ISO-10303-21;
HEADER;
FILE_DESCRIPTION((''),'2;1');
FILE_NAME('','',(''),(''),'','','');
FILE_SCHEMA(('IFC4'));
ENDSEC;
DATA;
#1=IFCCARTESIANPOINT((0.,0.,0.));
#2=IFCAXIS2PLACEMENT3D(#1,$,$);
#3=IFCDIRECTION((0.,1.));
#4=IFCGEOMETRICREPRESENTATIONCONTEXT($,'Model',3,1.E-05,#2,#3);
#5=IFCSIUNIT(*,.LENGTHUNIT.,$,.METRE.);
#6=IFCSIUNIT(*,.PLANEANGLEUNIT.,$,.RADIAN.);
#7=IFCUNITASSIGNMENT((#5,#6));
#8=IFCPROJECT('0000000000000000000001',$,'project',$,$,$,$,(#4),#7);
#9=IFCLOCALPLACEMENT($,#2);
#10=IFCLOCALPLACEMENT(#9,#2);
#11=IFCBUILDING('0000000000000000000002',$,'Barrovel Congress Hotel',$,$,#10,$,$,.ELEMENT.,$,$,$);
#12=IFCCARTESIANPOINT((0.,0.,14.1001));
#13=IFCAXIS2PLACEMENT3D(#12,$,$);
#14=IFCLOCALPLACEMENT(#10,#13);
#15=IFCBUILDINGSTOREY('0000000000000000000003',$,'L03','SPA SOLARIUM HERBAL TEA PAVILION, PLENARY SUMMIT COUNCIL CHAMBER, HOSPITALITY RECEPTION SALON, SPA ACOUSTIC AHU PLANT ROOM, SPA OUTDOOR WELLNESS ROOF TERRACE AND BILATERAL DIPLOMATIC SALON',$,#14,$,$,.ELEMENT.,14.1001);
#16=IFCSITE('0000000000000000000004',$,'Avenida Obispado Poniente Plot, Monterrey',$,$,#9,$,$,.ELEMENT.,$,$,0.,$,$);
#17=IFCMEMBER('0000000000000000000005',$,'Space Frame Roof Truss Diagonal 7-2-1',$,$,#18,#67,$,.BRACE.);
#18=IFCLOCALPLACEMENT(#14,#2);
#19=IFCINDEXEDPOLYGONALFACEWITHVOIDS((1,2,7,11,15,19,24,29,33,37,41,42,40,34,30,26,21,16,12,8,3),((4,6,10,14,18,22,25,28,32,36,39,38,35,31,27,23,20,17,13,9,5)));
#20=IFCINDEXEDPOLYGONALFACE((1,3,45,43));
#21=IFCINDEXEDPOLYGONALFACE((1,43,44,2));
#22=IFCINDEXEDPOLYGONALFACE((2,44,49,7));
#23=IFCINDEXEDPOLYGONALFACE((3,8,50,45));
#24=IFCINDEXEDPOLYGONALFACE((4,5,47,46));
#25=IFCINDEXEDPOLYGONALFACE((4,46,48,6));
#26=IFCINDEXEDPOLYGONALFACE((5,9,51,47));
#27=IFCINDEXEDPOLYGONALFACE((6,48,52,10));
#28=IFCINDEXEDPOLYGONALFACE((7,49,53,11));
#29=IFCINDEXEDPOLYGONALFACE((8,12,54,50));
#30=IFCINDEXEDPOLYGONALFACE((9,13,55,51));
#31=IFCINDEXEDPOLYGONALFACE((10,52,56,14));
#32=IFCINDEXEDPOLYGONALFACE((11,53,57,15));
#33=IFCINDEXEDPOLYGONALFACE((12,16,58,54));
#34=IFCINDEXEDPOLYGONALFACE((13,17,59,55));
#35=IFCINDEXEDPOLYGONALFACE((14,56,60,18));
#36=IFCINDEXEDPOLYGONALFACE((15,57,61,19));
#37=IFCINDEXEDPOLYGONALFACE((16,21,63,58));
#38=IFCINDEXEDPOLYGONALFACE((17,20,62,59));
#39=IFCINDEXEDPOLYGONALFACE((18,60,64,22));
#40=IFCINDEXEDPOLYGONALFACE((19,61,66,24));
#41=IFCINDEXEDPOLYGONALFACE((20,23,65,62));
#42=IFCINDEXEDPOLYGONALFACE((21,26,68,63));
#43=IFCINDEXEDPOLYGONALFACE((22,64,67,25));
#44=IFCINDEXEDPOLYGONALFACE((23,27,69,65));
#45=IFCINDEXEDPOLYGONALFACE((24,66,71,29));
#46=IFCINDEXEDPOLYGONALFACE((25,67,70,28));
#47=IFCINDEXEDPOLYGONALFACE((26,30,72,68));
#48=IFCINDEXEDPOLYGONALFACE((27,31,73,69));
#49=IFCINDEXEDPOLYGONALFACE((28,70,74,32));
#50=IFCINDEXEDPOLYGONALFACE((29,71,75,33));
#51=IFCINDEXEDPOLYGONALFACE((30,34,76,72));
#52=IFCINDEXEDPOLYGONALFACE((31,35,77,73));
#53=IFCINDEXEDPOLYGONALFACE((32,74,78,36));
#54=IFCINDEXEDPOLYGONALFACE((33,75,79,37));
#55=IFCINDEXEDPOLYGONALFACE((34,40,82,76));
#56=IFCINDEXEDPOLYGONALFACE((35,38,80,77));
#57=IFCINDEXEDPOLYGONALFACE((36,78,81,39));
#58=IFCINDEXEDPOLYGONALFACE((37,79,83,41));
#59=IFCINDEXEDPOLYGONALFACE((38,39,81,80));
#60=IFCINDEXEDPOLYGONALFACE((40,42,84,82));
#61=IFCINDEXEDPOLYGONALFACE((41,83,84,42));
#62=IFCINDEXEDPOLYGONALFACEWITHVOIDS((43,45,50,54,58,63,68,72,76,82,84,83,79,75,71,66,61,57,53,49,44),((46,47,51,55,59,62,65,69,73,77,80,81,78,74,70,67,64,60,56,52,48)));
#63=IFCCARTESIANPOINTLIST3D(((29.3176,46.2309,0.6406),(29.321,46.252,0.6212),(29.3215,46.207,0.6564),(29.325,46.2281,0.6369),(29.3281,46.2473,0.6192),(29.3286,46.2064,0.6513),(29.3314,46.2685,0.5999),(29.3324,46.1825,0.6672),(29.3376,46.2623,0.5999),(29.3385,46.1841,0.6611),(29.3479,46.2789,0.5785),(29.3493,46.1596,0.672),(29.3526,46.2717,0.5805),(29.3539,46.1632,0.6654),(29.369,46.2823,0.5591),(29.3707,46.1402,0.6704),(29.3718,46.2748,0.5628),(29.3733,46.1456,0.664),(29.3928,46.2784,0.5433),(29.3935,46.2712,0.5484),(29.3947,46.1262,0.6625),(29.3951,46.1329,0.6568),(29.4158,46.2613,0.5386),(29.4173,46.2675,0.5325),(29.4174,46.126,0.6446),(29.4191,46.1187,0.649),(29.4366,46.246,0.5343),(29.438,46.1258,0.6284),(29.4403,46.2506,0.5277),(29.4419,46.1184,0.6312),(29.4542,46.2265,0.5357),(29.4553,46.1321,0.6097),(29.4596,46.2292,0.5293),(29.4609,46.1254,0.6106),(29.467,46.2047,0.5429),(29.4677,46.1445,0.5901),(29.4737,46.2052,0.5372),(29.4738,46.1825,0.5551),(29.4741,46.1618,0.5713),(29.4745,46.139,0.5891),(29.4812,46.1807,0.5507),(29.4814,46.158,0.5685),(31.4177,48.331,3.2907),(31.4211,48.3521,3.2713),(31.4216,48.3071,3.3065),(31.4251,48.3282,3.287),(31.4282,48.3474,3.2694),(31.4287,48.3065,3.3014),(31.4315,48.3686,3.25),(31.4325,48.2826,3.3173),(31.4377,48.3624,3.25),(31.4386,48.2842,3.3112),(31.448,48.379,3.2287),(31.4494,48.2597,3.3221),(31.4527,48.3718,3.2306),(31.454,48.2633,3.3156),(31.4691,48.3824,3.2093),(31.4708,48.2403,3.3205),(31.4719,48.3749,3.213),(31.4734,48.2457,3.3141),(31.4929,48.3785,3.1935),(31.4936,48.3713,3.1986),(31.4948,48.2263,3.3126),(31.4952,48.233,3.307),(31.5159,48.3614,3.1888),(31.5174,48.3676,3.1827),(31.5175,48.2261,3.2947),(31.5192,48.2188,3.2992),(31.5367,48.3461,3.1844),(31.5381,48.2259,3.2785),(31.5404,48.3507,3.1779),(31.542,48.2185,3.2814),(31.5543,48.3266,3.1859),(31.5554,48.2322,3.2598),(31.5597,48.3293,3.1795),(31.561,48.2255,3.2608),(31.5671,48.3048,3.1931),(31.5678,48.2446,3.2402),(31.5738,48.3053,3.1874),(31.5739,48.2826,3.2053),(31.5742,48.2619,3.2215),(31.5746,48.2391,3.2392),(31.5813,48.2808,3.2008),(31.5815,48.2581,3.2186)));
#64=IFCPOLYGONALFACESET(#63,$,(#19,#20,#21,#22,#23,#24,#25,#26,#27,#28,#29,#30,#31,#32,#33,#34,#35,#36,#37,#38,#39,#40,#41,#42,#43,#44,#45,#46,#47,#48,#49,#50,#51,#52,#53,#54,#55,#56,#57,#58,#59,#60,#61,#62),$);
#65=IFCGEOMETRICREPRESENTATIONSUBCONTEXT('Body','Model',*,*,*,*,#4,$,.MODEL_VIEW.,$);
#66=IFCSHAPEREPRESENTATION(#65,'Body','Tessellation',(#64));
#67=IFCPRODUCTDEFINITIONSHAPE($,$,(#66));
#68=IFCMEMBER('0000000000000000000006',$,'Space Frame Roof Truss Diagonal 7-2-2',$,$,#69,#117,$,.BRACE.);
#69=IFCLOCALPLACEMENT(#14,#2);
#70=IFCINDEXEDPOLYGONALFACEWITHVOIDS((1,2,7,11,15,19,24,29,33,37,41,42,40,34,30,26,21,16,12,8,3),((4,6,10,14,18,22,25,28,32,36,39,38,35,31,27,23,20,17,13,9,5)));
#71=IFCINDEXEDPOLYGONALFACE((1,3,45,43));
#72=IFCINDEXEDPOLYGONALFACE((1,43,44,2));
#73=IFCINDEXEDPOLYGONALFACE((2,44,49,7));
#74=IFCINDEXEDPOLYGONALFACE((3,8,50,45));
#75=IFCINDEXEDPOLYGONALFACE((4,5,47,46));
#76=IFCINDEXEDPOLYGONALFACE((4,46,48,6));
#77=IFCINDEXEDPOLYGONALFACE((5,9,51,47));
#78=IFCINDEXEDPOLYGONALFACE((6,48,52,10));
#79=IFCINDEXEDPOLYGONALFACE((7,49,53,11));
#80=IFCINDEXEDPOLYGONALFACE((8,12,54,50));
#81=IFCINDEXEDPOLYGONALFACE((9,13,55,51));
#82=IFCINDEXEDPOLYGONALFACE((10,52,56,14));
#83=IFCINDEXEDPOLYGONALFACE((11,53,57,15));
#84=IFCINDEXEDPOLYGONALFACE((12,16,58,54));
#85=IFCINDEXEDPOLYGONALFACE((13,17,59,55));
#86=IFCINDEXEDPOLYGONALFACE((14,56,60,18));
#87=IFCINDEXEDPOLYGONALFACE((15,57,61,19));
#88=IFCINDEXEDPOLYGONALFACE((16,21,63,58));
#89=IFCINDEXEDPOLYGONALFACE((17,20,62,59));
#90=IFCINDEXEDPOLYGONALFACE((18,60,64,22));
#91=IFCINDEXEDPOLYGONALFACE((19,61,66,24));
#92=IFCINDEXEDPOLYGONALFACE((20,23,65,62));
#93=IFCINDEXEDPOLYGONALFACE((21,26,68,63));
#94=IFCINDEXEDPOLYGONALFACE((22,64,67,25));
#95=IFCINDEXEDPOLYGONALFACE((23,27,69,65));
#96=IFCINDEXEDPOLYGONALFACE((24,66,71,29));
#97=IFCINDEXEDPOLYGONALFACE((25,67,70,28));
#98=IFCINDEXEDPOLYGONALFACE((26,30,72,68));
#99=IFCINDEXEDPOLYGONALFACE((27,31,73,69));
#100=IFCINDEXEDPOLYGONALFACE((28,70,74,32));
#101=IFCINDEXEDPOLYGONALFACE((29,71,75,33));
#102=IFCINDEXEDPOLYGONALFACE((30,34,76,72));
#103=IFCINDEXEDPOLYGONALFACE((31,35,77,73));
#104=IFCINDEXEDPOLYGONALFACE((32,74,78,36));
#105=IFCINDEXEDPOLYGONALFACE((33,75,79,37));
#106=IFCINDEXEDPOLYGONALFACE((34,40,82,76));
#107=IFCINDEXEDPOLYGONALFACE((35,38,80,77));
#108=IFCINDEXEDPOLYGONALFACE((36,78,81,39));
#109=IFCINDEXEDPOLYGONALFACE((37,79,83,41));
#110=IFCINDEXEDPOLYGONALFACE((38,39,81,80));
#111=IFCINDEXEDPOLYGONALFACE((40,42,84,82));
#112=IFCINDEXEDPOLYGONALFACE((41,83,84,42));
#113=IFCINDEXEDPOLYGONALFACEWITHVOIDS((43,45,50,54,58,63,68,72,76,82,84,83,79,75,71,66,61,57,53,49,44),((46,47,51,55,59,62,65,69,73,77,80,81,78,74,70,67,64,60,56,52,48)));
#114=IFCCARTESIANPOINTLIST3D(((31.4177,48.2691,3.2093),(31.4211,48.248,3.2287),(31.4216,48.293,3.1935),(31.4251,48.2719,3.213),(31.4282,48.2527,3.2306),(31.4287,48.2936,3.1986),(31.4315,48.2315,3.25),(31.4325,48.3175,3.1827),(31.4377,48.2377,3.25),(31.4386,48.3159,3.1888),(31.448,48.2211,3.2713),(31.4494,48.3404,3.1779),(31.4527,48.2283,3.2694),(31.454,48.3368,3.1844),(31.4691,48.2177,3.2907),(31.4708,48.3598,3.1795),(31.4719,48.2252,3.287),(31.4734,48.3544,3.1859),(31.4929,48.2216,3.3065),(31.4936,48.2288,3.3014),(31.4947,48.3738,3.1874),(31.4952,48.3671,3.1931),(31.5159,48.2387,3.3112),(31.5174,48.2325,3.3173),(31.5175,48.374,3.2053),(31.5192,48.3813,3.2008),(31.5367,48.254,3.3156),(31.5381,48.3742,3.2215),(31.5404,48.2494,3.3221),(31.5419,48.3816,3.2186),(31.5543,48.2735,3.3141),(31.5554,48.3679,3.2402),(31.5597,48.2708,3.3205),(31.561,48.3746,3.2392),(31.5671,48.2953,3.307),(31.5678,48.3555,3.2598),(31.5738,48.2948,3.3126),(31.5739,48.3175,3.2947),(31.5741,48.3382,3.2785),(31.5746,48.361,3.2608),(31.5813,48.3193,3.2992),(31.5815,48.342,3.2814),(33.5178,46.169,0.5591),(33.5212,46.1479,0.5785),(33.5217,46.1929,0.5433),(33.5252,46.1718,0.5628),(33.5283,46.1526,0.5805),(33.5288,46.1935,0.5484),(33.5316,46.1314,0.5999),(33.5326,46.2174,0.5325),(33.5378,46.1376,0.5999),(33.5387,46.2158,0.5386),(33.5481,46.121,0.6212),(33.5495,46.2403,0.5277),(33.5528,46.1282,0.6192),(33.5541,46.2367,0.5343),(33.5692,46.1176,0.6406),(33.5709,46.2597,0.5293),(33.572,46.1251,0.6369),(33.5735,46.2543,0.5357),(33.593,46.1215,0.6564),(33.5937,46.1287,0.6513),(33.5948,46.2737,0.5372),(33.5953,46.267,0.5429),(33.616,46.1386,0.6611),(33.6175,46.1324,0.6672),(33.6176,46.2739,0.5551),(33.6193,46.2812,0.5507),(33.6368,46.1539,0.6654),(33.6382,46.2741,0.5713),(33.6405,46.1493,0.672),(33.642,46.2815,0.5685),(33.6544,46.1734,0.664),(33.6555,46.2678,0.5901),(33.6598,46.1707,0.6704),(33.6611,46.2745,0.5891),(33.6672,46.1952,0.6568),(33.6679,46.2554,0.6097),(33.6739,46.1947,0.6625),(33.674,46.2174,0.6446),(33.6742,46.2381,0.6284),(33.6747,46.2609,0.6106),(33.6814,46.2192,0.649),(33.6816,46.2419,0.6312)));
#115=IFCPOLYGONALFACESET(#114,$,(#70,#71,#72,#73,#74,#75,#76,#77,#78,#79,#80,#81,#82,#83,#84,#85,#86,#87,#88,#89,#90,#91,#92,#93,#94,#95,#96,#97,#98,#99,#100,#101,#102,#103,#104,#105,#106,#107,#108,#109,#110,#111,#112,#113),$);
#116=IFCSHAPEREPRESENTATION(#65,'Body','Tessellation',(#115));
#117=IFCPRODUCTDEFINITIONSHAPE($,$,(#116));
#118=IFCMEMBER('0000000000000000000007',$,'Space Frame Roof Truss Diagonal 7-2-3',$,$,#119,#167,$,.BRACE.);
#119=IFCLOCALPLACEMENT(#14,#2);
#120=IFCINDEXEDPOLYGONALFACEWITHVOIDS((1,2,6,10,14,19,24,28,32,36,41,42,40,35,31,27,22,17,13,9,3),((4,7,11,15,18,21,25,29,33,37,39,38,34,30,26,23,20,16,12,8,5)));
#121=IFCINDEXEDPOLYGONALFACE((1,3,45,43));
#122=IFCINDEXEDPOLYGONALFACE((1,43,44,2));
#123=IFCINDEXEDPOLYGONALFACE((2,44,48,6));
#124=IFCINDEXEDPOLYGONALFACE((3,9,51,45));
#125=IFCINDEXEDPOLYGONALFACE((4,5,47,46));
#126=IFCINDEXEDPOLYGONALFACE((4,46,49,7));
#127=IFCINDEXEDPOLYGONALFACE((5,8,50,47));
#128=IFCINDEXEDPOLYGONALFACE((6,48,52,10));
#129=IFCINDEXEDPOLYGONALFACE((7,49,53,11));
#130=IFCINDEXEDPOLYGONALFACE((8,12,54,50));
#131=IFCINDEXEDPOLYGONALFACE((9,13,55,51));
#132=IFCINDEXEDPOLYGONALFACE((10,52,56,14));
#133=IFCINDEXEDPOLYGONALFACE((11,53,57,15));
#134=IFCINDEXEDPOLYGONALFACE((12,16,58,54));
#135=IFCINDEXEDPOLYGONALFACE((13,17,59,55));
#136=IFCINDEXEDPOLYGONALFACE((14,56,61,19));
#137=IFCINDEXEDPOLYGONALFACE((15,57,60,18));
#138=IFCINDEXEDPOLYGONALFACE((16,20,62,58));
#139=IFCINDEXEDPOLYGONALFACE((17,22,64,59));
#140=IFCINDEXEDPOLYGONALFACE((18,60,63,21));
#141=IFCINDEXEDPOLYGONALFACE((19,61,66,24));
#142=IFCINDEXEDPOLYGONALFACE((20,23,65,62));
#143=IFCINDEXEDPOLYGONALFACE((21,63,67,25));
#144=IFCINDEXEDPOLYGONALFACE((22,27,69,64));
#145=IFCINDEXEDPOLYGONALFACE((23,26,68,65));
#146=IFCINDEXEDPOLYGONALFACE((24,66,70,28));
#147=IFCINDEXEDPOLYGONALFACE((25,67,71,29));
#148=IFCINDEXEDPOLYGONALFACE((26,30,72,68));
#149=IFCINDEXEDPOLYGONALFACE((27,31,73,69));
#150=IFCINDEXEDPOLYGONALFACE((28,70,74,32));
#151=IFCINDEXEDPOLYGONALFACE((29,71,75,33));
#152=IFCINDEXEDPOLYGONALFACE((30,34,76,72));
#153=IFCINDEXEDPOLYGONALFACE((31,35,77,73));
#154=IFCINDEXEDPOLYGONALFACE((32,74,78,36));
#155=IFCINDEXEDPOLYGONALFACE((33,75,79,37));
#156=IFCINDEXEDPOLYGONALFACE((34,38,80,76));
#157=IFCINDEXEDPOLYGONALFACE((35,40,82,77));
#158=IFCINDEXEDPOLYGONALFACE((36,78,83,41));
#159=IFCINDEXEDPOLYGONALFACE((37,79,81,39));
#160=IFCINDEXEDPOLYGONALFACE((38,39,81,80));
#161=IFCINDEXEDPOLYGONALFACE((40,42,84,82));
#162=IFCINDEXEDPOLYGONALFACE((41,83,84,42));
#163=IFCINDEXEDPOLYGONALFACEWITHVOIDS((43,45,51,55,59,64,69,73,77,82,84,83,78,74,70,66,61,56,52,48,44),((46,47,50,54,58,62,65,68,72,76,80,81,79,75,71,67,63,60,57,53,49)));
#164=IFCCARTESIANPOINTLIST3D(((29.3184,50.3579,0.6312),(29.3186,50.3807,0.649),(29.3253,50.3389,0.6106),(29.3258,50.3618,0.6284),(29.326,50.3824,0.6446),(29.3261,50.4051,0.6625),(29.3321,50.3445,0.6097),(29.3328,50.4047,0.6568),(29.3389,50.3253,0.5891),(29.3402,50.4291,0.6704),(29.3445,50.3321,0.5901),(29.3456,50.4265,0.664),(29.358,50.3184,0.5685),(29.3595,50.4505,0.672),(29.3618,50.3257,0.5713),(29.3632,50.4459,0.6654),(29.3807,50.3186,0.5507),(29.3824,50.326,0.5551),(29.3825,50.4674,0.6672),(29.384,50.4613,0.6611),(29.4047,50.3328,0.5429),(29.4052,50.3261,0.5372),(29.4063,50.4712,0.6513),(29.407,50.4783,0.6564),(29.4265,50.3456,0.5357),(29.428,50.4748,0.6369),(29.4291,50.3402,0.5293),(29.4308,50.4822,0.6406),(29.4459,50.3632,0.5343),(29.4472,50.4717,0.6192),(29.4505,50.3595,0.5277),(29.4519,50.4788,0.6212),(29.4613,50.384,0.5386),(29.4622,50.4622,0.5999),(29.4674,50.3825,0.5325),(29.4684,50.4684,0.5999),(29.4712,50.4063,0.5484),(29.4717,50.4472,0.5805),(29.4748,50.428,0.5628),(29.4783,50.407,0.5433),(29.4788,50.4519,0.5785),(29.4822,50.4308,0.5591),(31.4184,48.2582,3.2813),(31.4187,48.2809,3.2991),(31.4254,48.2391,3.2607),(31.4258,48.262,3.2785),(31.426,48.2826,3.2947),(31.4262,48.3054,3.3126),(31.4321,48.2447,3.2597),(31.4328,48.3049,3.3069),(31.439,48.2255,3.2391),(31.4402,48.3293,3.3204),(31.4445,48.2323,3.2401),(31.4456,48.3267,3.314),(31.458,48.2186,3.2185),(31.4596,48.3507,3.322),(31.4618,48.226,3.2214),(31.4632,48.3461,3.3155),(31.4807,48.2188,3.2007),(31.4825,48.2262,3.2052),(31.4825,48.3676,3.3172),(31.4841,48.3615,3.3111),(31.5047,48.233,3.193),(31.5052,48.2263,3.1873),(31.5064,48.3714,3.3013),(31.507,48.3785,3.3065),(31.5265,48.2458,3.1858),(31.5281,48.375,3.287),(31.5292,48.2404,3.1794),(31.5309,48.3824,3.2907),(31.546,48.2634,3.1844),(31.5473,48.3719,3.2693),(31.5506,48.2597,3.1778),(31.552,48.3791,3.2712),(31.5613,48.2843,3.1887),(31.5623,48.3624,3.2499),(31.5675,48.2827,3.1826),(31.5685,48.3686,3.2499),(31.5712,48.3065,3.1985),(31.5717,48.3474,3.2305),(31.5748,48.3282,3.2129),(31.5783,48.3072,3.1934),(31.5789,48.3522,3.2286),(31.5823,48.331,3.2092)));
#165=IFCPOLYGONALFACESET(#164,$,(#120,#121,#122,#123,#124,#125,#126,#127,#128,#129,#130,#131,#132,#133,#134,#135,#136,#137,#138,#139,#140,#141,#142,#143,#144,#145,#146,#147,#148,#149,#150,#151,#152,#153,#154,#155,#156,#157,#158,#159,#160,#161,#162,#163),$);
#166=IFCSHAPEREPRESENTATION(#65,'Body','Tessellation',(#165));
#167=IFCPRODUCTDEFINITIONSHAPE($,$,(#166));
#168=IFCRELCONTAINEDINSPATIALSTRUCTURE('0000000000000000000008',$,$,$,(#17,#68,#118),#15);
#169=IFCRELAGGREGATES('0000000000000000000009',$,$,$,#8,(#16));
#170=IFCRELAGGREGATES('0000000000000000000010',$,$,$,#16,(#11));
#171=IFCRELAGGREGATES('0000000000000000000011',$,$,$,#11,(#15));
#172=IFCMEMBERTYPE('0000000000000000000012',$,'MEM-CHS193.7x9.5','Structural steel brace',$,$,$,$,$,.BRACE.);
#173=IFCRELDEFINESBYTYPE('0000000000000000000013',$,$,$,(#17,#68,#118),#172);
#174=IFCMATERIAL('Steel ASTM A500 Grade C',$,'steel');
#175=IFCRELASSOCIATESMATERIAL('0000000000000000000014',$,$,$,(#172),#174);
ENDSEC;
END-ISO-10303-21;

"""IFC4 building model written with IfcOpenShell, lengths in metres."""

from ifc_helpers import new_model, si_unit, direction, frame, origin, origin_2d, place, context, subcontext, project, spatial, hollow_circle, extrude, material, material_profile, profile_set, type_object, element, save


model = new_model("IFC4")

# Units and contexts
model_context = context("Model", 3, precision=1e-05, world=origin(), true_north=direction((0.0, 1.0)))
body_context = subcontext(model_context, "Body", "Model", "MODEL_VIEW")
ifc_project = project(units=[si_unit("LENGTHUNIT", "METRE"), si_unit("PLANEANGLEUNIT", "RADIAN")], contexts=[model_context])

# Site, building, storey
site_placement = place(None, origin())
site = spatial("IfcSite", under=ifc_project, at=site_placement, Name="Avenida Obispado Poniente Plot, Monterrey", CompositionType="ELEMENT", RefElevation=0.0)
building_placement = place(site_placement, origin())
building = spatial("IfcBuilding", under=site, at=building_placement, Name="Barrovel Congress Hotel", CompositionType="ELEMENT")
storey_placement = place(building_placement, frame((0.0, 0.0, 14.1001)))
storey = spatial("IfcBuildingStorey", under=building, at=storey_placement, Name="L03", Description="SPA SOLARIUM HERBAL TEA PAVILION, PLENARY SUMMIT COUNCIL CHAMBER, HOSPITALITY RECEPTION SALON, SPA ACOUSTIC AHU PLANT ROOM, SPA OUTDOOR WELLNESS ROOF TERRACE AND BILATERAL DIPLOMATIC SALON", CompositionType="ELEMENT", Elevation=14.1001)

# Members
ifc_material_1 = material(Name="Steel ASTM A500 Grade C", Category="steel")
ifc_material_profile_1 = material_profile(ifc_material_1, hollow_circle(Radius=0.0969, WallThickness=0.0088, at=origin_2d()), Name="CHS193.7x9.5")
ifc_profile_set_1 = profile_set([ifc_material_profile_1], Name="Steel ASTM A500 Grade C")
member_type_1 = type_object("IfcMemberType", Name="MEM-CHS193.7x9.5", Description="Structural steel brace", PredefinedType="BRACE", material=ifc_profile_set_1)
for number, where, z_axis, x_axis, name in (
    (1, (29.3999, 46.2, 0.5999), (0.527601, 0.527601, 0.665788), (-0.707107, 0.707107, 0.0), "Space Frame Roof Truss Diagonal 7-2-1"),
    (2, (33.6001, 46.2, 0.5999), (-0.527601, 0.527601, 0.665788), (-0.707107, -0.707107, 0.0), "Space Frame Roof Truss Diagonal 7-2-2"),
):
    element("IfcMember", number, at=place(storey_placement, frame(where, z_axis=z_axis, x_axis=x_axis)), inside=storey, type_object=member_type_1, Name=name, PredefinedType="BRACE", context=body_context, shape_type="SweptSolid", body=[
        extrude(hollow_circle(Radius=0.0969, WallThickness=0.0088, at=origin_2d()), origin(), (0.0, 0.0, 1.0), 3.9805),
    ])
for number, where, z_axis, x_axis, name in (
    (3, (29.3999, 50.3999, 0.5999), (0.527618, -0.527557, 0.66581), (0.707066, 0.707148, 0.0), "Space Frame Roof Truss Diagonal 7-2-3"),
):
    element("IfcMember", number, at=place(storey_placement, frame(where, z_axis=z_axis, x_axis=x_axis)), inside=storey, type_object=member_type_1, Name=name, PredefinedType="BRACE", context=body_context, shape_type="SweptSolid", body=[
        extrude(hollow_circle(Radius=0.0969, WallThickness=0.0088, at=origin_2d()), origin(), (0.0, 0.0, 1.0), 3.9802),
    ])

save(model, "model.ifc")
